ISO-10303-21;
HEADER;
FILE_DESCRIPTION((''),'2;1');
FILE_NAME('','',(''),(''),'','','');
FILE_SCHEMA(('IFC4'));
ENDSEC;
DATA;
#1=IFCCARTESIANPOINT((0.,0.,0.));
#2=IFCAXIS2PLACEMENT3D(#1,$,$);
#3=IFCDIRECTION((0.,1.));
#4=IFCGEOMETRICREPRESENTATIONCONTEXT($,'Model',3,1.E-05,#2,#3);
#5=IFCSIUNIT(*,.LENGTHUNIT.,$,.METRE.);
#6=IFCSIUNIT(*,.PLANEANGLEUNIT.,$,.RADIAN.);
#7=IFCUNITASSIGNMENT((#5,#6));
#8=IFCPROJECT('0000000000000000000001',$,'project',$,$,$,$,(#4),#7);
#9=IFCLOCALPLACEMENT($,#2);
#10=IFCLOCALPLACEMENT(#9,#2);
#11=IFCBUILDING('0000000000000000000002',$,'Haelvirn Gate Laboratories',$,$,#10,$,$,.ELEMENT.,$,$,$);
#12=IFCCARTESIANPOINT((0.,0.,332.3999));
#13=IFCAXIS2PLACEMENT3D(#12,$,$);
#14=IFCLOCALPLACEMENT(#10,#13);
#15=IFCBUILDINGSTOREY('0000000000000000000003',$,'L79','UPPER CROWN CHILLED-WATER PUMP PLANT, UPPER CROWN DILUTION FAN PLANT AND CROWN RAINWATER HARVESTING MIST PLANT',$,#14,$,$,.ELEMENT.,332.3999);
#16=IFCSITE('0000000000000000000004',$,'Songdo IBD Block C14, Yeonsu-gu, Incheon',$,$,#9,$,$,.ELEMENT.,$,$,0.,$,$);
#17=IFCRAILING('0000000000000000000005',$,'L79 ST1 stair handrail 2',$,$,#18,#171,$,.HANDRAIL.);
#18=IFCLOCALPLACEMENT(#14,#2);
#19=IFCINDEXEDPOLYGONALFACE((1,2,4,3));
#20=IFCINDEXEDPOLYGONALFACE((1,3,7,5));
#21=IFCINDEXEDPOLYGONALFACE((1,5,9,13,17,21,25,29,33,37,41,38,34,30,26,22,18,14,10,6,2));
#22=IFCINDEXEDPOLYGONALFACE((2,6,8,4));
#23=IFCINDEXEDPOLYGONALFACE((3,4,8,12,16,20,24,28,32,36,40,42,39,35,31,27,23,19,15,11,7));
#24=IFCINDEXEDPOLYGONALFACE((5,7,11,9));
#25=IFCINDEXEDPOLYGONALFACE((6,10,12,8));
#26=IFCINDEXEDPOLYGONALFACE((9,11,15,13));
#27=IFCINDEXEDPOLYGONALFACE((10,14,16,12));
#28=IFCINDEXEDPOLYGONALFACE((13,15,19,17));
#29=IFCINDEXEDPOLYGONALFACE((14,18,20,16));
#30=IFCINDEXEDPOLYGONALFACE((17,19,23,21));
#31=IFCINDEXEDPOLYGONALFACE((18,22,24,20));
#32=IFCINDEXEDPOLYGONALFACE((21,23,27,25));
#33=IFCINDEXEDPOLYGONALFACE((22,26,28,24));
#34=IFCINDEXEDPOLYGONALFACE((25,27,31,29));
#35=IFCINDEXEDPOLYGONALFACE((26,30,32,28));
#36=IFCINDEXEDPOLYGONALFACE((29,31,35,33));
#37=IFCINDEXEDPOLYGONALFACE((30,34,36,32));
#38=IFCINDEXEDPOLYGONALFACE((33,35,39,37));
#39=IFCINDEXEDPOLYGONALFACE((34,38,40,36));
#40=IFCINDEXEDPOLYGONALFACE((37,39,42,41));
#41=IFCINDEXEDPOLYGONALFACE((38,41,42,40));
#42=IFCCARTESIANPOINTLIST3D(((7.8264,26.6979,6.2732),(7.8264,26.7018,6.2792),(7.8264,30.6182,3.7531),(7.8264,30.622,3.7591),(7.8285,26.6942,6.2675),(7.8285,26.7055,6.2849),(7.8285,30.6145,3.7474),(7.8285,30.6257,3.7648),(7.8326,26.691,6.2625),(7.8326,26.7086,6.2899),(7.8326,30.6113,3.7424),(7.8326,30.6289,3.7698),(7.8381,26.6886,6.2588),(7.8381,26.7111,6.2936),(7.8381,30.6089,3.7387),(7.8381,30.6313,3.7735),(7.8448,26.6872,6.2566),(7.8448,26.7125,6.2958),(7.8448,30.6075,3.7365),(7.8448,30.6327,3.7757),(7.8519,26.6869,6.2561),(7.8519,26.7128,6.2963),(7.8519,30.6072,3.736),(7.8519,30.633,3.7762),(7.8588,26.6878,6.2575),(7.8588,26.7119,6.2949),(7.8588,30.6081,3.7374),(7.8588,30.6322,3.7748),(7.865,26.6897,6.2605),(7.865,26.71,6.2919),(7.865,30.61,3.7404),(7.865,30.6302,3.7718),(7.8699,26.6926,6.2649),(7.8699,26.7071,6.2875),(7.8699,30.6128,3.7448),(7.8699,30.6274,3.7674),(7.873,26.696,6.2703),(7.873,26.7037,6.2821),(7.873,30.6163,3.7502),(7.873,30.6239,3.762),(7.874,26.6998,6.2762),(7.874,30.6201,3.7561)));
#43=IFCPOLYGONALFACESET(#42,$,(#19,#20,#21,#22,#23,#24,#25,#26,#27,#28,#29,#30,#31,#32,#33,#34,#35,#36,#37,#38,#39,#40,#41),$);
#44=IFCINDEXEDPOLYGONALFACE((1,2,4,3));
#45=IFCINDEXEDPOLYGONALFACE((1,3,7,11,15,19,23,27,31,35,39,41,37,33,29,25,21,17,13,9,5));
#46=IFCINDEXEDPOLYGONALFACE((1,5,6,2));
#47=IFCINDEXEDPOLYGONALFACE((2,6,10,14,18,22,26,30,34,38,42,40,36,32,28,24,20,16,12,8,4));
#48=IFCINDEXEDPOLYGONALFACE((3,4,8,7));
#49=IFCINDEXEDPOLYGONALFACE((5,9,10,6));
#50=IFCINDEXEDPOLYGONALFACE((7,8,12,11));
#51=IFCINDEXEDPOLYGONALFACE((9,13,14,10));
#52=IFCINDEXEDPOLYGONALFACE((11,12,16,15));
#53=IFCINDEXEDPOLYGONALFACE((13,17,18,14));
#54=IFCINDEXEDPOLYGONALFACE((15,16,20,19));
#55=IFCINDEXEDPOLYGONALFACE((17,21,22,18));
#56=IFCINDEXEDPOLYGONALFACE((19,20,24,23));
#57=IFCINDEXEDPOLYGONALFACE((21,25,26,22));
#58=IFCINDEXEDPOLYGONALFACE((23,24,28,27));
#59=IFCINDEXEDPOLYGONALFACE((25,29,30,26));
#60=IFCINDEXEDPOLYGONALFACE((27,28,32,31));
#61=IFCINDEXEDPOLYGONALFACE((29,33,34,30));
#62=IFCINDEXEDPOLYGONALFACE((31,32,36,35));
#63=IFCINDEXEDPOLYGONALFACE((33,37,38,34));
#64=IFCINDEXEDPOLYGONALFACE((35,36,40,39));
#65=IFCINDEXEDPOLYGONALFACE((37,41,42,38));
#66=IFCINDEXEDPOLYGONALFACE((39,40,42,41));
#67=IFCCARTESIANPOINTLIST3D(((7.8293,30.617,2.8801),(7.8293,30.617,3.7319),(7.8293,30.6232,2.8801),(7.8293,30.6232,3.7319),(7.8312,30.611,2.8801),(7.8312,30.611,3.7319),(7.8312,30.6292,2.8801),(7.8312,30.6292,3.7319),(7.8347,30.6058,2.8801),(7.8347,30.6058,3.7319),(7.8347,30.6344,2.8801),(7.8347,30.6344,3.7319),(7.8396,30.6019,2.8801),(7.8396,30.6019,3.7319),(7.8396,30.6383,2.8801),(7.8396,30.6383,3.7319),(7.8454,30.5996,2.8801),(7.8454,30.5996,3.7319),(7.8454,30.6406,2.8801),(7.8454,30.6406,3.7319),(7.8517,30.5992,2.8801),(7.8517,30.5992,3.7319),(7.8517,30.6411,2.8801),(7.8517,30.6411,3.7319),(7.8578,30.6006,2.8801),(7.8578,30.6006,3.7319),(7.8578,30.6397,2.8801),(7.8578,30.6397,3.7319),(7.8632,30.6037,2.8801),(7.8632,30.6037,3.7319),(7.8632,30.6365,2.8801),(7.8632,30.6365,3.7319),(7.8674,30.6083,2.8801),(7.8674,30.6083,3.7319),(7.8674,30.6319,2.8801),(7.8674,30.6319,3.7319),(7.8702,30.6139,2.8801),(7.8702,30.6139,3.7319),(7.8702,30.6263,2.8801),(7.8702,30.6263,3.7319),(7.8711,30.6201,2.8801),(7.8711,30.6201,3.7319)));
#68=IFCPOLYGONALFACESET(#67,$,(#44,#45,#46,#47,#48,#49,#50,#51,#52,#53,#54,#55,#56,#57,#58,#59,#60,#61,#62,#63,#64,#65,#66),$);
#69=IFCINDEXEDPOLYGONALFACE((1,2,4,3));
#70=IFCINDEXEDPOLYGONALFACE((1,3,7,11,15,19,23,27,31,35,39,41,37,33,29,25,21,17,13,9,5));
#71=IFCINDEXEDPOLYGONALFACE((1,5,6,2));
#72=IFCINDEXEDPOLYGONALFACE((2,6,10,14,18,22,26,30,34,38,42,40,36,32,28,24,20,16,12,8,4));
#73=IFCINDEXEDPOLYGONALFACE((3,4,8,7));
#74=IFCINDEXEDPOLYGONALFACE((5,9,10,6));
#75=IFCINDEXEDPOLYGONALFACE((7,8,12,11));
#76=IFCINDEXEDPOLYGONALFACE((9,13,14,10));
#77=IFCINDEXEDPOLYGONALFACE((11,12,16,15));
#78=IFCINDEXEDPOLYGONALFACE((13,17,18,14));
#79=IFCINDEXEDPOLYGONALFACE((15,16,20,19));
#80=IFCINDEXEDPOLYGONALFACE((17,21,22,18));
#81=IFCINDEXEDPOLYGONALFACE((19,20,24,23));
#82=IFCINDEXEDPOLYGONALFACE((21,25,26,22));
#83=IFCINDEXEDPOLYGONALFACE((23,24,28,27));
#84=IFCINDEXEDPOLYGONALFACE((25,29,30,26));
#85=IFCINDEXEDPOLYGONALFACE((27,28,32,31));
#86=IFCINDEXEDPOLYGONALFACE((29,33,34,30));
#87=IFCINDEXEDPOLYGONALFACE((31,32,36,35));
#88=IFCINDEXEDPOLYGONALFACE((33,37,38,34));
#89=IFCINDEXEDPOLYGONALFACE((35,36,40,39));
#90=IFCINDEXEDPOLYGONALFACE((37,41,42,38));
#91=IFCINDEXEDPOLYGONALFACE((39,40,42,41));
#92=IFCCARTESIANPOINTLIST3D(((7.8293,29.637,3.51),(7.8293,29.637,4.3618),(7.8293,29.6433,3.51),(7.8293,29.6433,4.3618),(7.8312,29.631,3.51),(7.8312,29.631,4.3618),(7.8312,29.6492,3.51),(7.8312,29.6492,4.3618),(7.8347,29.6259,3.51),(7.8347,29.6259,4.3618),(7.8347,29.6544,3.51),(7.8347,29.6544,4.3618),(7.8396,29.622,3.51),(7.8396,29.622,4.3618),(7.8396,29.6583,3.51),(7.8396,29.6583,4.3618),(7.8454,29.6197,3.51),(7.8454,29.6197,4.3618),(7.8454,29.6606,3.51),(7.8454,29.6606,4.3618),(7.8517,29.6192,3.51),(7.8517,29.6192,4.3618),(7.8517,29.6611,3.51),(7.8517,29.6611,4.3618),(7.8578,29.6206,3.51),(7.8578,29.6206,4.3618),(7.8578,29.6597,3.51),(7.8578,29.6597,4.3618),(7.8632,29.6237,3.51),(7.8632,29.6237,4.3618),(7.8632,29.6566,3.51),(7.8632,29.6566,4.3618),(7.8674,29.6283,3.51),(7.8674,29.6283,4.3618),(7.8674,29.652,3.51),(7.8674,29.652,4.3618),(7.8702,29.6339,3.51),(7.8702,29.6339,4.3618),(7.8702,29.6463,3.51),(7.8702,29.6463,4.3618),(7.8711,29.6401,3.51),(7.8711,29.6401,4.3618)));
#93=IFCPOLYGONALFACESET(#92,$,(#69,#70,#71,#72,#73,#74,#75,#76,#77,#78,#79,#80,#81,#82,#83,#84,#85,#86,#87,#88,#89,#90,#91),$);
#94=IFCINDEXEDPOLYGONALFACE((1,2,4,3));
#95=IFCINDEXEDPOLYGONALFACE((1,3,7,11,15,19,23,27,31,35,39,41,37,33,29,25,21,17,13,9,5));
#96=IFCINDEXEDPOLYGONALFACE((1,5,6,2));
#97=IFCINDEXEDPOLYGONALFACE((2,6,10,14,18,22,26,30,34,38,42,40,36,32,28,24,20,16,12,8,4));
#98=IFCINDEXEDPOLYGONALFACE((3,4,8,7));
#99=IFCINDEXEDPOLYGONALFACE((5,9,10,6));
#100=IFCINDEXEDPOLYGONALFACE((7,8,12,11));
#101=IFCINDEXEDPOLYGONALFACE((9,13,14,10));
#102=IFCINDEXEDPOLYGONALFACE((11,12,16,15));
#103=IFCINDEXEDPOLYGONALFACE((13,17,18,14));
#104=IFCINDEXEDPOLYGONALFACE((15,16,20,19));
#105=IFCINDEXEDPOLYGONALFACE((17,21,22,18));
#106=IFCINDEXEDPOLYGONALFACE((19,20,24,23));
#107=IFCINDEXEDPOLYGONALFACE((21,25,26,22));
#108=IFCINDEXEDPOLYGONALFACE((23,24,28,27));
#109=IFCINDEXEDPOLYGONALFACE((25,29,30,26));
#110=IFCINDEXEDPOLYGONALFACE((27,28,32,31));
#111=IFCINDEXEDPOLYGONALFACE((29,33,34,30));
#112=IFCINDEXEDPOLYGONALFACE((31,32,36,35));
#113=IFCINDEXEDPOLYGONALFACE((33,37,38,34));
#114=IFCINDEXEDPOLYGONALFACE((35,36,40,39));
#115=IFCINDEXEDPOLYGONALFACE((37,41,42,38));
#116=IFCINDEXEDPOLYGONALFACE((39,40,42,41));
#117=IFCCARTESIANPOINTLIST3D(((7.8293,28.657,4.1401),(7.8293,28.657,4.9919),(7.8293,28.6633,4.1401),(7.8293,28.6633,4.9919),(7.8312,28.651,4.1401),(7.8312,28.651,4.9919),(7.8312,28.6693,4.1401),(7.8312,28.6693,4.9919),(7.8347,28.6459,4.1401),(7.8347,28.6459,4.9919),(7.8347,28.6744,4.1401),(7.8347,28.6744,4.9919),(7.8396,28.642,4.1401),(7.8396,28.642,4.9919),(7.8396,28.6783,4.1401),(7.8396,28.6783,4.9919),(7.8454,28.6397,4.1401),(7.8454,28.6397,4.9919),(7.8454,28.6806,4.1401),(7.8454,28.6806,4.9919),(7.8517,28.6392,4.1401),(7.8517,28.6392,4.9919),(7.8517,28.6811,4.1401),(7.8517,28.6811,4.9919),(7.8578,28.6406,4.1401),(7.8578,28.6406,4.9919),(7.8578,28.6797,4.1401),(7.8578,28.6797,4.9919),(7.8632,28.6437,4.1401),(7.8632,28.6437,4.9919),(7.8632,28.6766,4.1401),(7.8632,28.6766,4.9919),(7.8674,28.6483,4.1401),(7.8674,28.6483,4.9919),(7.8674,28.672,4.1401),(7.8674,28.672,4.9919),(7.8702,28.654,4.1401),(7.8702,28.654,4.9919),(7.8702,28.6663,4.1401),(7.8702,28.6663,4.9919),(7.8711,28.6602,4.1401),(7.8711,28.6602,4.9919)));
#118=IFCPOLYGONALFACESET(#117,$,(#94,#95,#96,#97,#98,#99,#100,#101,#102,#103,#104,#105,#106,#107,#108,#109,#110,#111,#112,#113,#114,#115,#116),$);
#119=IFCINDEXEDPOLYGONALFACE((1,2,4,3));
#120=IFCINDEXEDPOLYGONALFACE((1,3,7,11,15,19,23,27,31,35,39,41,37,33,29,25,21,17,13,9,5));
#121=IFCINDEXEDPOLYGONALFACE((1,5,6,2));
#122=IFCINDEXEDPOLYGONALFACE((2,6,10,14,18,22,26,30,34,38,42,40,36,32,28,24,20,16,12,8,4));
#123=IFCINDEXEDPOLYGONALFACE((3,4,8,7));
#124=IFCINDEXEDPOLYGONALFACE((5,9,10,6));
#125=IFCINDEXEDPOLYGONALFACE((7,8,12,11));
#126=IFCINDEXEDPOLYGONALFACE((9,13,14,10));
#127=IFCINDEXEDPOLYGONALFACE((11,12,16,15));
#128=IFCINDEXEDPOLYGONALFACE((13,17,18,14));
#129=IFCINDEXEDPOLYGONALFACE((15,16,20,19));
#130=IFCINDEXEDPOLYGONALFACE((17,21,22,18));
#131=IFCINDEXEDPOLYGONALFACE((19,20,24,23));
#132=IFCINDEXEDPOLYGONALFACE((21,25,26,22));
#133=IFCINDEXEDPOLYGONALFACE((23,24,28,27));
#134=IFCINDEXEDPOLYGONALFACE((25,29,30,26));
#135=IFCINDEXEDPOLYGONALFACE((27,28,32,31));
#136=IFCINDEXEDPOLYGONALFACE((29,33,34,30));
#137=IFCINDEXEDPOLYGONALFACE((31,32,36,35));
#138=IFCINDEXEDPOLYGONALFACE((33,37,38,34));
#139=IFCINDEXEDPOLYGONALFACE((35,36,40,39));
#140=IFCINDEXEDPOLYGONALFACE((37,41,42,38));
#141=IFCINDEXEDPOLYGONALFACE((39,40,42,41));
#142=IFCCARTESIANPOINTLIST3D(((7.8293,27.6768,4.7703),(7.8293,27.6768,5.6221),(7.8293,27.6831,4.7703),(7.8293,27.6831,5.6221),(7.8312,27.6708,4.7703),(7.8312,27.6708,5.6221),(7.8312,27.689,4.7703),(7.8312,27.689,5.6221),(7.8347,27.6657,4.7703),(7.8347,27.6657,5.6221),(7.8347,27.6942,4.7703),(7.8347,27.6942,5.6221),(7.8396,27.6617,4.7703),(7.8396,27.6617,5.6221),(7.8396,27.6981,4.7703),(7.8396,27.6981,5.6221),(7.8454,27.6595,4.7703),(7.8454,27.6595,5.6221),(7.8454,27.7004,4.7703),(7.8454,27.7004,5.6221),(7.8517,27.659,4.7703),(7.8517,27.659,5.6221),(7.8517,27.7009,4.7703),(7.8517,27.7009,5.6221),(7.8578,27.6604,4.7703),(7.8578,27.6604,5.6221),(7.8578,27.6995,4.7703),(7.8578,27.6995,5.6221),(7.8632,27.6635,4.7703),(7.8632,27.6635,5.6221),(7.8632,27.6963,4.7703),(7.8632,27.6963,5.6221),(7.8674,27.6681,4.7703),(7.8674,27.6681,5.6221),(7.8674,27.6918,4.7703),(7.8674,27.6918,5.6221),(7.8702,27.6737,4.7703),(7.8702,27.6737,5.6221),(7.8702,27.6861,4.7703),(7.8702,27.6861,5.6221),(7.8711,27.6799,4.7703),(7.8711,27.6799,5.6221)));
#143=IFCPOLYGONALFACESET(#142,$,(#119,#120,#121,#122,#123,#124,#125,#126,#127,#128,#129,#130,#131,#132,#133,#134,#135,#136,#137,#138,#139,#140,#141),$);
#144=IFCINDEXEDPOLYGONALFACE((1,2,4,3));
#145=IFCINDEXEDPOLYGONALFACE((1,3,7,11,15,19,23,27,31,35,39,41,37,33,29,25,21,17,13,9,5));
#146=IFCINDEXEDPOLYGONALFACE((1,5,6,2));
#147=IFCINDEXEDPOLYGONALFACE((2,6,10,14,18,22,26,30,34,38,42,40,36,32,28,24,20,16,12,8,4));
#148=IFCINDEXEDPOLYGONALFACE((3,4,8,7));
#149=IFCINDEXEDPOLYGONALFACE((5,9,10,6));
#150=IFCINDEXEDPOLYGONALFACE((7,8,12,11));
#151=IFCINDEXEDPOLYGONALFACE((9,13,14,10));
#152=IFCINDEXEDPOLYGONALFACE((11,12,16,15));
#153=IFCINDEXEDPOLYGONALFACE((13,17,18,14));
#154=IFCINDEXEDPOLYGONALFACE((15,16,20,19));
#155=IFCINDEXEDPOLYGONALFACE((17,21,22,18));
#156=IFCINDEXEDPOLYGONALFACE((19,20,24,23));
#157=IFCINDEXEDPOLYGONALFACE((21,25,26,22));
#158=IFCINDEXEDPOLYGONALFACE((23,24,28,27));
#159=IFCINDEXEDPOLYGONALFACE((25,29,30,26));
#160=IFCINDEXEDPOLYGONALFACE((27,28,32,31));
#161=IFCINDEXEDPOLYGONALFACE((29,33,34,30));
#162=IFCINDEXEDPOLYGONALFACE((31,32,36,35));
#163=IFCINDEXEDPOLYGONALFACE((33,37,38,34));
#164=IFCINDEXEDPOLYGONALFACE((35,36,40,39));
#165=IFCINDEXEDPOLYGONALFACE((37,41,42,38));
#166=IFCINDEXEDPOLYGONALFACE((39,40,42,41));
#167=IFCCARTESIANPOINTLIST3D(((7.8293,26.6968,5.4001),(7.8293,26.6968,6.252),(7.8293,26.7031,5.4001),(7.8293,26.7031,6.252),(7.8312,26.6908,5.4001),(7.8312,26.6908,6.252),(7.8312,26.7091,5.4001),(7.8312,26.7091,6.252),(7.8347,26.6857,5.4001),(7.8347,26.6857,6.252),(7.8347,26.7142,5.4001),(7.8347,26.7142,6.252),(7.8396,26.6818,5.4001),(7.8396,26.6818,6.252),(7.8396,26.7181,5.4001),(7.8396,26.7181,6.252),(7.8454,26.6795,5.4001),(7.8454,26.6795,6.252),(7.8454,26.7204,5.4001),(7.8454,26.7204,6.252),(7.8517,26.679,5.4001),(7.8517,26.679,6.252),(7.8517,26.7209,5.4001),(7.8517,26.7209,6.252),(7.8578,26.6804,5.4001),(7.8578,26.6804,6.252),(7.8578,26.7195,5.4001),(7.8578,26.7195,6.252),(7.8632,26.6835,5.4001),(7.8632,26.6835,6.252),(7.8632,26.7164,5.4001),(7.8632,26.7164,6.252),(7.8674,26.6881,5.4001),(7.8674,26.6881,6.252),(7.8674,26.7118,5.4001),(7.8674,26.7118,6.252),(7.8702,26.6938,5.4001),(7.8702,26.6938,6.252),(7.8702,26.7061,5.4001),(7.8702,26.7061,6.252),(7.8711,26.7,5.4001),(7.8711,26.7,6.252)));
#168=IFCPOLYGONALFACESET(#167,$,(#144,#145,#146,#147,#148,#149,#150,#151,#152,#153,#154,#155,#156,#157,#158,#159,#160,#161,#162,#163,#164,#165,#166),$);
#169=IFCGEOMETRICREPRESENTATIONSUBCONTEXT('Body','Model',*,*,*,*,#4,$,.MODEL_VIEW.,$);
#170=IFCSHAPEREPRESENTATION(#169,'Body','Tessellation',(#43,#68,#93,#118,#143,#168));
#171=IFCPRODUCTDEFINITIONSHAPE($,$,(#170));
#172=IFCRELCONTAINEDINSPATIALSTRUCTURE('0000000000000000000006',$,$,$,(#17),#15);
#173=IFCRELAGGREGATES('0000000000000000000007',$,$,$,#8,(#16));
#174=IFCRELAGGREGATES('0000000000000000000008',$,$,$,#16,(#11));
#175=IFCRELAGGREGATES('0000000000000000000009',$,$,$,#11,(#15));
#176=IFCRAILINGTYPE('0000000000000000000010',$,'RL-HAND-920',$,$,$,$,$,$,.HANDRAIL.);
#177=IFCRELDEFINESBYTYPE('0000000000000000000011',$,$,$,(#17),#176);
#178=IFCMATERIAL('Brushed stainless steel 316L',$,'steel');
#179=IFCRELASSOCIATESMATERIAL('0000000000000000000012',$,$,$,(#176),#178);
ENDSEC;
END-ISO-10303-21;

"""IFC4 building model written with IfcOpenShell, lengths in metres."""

from ifc_helpers import new_model, si_unit, direction, frame, origin, origin_2d, place, context, subcontext, project, spatial, circle, extrude, source, transform, mapped, material, type_object, type_shapes, element, save


model = new_model("IFC4")

# Units and contexts
model_context = context("Model", 3, precision=1e-05, world=origin(), true_north=direction((0.0, 1.0)))
body_context = subcontext(model_context, "Body", "Model", "MODEL_VIEW")
ifc_project = project(units=[si_unit("LENGTHUNIT", "METRE"), si_unit("PLANEANGLEUNIT", "RADIAN")], contexts=[model_context])

# Site, building, storey
site_placement = place(None, origin())
site = spatial("IfcSite", under=ifc_project, at=site_placement, Name="Songdo IBD Block C14, Yeonsu-gu, Incheon", CompositionType="ELEMENT", RefElevation=0.0)
building_placement = place(site_placement, origin())
building = spatial("IfcBuilding", under=site, at=building_placement, Name="Haelvirn Gate Laboratories", CompositionType="ELEMENT")
storey_placement = place(building_placement, frame((0.0, 0.0, 332.3999)))
storey = spatial("IfcBuildingStorey", under=building, at=storey_placement, Name="L79", Description="UPPER CROWN CHILLED-WATER PUMP PLANT, UPPER CROWN DILUTION FAN PLANT AND CROWN RAINWATER HARVESTING MIST PLANT", CompositionType="ELEMENT", Elevation=332.3999)

# Railing
ifc_material_1 = material(Name="Brushed stainless steel 316L", Category="steel")
railing_type_1 = type_object("IfcRailingType", Name="RL-HAND-920", PredefinedType="HANDRAIL", material=ifc_material_1)
shared_shape_1 = source(origin(), body_context, "Body", "SweptSolid", [
    extrude(circle(Radius=0.0239, at=origin_2d()), frame((0.0, 0.0, 0.876), z_axis=(0.0, -0.841187, 0.540744), x_axis=(1.0, 0.0, 0.0)), (0.0, 0.0, 1.0), 4.6604),
    extrude(circle(Radius=0.021, at=origin_2d()), origin(), (0.0, 0.0, 1.0), 0.8518),
    extrude(circle(Radius=0.021, at=origin_2d()), frame((0.0, -0.98, 0.6299)), (0.0, 0.0, 1.0), 0.8518),
    extrude(circle(Radius=0.021, at=origin_2d()), frame((0.0, -1.96, 1.26)), (0.0, 0.0, 1.0), 0.8518),
    extrude(circle(Radius=0.021, at=origin_2d()), frame((0.0, -2.9402, 1.8901)), (0.0, 0.0, 1.0), 0.8518),
    extrude(circle(Radius=0.021, at=origin_2d()), frame((0.0, -3.9202, 2.52)), (0.0, 0.0, 1.0), 0.8518),
])
type_shapes(railing_type_1, [shared_shape_1])
railing_1_placement = place(storey_placement, frame((7.8501, 30.6201, 2.8801)))
element("IfcRailing", 1, at=railing_1_placement, inside=storey, type_object=railing_type_1, Name="L79 ST1 stair handrail 2", PredefinedType="HANDRAIL", context=body_context, shape_type="MappedRepresentation", body=[
    mapped(shared_shape_1, transform((0.0, 0.0, 0.0), scale=1.0)),
])

save(model, "model.ifc")
